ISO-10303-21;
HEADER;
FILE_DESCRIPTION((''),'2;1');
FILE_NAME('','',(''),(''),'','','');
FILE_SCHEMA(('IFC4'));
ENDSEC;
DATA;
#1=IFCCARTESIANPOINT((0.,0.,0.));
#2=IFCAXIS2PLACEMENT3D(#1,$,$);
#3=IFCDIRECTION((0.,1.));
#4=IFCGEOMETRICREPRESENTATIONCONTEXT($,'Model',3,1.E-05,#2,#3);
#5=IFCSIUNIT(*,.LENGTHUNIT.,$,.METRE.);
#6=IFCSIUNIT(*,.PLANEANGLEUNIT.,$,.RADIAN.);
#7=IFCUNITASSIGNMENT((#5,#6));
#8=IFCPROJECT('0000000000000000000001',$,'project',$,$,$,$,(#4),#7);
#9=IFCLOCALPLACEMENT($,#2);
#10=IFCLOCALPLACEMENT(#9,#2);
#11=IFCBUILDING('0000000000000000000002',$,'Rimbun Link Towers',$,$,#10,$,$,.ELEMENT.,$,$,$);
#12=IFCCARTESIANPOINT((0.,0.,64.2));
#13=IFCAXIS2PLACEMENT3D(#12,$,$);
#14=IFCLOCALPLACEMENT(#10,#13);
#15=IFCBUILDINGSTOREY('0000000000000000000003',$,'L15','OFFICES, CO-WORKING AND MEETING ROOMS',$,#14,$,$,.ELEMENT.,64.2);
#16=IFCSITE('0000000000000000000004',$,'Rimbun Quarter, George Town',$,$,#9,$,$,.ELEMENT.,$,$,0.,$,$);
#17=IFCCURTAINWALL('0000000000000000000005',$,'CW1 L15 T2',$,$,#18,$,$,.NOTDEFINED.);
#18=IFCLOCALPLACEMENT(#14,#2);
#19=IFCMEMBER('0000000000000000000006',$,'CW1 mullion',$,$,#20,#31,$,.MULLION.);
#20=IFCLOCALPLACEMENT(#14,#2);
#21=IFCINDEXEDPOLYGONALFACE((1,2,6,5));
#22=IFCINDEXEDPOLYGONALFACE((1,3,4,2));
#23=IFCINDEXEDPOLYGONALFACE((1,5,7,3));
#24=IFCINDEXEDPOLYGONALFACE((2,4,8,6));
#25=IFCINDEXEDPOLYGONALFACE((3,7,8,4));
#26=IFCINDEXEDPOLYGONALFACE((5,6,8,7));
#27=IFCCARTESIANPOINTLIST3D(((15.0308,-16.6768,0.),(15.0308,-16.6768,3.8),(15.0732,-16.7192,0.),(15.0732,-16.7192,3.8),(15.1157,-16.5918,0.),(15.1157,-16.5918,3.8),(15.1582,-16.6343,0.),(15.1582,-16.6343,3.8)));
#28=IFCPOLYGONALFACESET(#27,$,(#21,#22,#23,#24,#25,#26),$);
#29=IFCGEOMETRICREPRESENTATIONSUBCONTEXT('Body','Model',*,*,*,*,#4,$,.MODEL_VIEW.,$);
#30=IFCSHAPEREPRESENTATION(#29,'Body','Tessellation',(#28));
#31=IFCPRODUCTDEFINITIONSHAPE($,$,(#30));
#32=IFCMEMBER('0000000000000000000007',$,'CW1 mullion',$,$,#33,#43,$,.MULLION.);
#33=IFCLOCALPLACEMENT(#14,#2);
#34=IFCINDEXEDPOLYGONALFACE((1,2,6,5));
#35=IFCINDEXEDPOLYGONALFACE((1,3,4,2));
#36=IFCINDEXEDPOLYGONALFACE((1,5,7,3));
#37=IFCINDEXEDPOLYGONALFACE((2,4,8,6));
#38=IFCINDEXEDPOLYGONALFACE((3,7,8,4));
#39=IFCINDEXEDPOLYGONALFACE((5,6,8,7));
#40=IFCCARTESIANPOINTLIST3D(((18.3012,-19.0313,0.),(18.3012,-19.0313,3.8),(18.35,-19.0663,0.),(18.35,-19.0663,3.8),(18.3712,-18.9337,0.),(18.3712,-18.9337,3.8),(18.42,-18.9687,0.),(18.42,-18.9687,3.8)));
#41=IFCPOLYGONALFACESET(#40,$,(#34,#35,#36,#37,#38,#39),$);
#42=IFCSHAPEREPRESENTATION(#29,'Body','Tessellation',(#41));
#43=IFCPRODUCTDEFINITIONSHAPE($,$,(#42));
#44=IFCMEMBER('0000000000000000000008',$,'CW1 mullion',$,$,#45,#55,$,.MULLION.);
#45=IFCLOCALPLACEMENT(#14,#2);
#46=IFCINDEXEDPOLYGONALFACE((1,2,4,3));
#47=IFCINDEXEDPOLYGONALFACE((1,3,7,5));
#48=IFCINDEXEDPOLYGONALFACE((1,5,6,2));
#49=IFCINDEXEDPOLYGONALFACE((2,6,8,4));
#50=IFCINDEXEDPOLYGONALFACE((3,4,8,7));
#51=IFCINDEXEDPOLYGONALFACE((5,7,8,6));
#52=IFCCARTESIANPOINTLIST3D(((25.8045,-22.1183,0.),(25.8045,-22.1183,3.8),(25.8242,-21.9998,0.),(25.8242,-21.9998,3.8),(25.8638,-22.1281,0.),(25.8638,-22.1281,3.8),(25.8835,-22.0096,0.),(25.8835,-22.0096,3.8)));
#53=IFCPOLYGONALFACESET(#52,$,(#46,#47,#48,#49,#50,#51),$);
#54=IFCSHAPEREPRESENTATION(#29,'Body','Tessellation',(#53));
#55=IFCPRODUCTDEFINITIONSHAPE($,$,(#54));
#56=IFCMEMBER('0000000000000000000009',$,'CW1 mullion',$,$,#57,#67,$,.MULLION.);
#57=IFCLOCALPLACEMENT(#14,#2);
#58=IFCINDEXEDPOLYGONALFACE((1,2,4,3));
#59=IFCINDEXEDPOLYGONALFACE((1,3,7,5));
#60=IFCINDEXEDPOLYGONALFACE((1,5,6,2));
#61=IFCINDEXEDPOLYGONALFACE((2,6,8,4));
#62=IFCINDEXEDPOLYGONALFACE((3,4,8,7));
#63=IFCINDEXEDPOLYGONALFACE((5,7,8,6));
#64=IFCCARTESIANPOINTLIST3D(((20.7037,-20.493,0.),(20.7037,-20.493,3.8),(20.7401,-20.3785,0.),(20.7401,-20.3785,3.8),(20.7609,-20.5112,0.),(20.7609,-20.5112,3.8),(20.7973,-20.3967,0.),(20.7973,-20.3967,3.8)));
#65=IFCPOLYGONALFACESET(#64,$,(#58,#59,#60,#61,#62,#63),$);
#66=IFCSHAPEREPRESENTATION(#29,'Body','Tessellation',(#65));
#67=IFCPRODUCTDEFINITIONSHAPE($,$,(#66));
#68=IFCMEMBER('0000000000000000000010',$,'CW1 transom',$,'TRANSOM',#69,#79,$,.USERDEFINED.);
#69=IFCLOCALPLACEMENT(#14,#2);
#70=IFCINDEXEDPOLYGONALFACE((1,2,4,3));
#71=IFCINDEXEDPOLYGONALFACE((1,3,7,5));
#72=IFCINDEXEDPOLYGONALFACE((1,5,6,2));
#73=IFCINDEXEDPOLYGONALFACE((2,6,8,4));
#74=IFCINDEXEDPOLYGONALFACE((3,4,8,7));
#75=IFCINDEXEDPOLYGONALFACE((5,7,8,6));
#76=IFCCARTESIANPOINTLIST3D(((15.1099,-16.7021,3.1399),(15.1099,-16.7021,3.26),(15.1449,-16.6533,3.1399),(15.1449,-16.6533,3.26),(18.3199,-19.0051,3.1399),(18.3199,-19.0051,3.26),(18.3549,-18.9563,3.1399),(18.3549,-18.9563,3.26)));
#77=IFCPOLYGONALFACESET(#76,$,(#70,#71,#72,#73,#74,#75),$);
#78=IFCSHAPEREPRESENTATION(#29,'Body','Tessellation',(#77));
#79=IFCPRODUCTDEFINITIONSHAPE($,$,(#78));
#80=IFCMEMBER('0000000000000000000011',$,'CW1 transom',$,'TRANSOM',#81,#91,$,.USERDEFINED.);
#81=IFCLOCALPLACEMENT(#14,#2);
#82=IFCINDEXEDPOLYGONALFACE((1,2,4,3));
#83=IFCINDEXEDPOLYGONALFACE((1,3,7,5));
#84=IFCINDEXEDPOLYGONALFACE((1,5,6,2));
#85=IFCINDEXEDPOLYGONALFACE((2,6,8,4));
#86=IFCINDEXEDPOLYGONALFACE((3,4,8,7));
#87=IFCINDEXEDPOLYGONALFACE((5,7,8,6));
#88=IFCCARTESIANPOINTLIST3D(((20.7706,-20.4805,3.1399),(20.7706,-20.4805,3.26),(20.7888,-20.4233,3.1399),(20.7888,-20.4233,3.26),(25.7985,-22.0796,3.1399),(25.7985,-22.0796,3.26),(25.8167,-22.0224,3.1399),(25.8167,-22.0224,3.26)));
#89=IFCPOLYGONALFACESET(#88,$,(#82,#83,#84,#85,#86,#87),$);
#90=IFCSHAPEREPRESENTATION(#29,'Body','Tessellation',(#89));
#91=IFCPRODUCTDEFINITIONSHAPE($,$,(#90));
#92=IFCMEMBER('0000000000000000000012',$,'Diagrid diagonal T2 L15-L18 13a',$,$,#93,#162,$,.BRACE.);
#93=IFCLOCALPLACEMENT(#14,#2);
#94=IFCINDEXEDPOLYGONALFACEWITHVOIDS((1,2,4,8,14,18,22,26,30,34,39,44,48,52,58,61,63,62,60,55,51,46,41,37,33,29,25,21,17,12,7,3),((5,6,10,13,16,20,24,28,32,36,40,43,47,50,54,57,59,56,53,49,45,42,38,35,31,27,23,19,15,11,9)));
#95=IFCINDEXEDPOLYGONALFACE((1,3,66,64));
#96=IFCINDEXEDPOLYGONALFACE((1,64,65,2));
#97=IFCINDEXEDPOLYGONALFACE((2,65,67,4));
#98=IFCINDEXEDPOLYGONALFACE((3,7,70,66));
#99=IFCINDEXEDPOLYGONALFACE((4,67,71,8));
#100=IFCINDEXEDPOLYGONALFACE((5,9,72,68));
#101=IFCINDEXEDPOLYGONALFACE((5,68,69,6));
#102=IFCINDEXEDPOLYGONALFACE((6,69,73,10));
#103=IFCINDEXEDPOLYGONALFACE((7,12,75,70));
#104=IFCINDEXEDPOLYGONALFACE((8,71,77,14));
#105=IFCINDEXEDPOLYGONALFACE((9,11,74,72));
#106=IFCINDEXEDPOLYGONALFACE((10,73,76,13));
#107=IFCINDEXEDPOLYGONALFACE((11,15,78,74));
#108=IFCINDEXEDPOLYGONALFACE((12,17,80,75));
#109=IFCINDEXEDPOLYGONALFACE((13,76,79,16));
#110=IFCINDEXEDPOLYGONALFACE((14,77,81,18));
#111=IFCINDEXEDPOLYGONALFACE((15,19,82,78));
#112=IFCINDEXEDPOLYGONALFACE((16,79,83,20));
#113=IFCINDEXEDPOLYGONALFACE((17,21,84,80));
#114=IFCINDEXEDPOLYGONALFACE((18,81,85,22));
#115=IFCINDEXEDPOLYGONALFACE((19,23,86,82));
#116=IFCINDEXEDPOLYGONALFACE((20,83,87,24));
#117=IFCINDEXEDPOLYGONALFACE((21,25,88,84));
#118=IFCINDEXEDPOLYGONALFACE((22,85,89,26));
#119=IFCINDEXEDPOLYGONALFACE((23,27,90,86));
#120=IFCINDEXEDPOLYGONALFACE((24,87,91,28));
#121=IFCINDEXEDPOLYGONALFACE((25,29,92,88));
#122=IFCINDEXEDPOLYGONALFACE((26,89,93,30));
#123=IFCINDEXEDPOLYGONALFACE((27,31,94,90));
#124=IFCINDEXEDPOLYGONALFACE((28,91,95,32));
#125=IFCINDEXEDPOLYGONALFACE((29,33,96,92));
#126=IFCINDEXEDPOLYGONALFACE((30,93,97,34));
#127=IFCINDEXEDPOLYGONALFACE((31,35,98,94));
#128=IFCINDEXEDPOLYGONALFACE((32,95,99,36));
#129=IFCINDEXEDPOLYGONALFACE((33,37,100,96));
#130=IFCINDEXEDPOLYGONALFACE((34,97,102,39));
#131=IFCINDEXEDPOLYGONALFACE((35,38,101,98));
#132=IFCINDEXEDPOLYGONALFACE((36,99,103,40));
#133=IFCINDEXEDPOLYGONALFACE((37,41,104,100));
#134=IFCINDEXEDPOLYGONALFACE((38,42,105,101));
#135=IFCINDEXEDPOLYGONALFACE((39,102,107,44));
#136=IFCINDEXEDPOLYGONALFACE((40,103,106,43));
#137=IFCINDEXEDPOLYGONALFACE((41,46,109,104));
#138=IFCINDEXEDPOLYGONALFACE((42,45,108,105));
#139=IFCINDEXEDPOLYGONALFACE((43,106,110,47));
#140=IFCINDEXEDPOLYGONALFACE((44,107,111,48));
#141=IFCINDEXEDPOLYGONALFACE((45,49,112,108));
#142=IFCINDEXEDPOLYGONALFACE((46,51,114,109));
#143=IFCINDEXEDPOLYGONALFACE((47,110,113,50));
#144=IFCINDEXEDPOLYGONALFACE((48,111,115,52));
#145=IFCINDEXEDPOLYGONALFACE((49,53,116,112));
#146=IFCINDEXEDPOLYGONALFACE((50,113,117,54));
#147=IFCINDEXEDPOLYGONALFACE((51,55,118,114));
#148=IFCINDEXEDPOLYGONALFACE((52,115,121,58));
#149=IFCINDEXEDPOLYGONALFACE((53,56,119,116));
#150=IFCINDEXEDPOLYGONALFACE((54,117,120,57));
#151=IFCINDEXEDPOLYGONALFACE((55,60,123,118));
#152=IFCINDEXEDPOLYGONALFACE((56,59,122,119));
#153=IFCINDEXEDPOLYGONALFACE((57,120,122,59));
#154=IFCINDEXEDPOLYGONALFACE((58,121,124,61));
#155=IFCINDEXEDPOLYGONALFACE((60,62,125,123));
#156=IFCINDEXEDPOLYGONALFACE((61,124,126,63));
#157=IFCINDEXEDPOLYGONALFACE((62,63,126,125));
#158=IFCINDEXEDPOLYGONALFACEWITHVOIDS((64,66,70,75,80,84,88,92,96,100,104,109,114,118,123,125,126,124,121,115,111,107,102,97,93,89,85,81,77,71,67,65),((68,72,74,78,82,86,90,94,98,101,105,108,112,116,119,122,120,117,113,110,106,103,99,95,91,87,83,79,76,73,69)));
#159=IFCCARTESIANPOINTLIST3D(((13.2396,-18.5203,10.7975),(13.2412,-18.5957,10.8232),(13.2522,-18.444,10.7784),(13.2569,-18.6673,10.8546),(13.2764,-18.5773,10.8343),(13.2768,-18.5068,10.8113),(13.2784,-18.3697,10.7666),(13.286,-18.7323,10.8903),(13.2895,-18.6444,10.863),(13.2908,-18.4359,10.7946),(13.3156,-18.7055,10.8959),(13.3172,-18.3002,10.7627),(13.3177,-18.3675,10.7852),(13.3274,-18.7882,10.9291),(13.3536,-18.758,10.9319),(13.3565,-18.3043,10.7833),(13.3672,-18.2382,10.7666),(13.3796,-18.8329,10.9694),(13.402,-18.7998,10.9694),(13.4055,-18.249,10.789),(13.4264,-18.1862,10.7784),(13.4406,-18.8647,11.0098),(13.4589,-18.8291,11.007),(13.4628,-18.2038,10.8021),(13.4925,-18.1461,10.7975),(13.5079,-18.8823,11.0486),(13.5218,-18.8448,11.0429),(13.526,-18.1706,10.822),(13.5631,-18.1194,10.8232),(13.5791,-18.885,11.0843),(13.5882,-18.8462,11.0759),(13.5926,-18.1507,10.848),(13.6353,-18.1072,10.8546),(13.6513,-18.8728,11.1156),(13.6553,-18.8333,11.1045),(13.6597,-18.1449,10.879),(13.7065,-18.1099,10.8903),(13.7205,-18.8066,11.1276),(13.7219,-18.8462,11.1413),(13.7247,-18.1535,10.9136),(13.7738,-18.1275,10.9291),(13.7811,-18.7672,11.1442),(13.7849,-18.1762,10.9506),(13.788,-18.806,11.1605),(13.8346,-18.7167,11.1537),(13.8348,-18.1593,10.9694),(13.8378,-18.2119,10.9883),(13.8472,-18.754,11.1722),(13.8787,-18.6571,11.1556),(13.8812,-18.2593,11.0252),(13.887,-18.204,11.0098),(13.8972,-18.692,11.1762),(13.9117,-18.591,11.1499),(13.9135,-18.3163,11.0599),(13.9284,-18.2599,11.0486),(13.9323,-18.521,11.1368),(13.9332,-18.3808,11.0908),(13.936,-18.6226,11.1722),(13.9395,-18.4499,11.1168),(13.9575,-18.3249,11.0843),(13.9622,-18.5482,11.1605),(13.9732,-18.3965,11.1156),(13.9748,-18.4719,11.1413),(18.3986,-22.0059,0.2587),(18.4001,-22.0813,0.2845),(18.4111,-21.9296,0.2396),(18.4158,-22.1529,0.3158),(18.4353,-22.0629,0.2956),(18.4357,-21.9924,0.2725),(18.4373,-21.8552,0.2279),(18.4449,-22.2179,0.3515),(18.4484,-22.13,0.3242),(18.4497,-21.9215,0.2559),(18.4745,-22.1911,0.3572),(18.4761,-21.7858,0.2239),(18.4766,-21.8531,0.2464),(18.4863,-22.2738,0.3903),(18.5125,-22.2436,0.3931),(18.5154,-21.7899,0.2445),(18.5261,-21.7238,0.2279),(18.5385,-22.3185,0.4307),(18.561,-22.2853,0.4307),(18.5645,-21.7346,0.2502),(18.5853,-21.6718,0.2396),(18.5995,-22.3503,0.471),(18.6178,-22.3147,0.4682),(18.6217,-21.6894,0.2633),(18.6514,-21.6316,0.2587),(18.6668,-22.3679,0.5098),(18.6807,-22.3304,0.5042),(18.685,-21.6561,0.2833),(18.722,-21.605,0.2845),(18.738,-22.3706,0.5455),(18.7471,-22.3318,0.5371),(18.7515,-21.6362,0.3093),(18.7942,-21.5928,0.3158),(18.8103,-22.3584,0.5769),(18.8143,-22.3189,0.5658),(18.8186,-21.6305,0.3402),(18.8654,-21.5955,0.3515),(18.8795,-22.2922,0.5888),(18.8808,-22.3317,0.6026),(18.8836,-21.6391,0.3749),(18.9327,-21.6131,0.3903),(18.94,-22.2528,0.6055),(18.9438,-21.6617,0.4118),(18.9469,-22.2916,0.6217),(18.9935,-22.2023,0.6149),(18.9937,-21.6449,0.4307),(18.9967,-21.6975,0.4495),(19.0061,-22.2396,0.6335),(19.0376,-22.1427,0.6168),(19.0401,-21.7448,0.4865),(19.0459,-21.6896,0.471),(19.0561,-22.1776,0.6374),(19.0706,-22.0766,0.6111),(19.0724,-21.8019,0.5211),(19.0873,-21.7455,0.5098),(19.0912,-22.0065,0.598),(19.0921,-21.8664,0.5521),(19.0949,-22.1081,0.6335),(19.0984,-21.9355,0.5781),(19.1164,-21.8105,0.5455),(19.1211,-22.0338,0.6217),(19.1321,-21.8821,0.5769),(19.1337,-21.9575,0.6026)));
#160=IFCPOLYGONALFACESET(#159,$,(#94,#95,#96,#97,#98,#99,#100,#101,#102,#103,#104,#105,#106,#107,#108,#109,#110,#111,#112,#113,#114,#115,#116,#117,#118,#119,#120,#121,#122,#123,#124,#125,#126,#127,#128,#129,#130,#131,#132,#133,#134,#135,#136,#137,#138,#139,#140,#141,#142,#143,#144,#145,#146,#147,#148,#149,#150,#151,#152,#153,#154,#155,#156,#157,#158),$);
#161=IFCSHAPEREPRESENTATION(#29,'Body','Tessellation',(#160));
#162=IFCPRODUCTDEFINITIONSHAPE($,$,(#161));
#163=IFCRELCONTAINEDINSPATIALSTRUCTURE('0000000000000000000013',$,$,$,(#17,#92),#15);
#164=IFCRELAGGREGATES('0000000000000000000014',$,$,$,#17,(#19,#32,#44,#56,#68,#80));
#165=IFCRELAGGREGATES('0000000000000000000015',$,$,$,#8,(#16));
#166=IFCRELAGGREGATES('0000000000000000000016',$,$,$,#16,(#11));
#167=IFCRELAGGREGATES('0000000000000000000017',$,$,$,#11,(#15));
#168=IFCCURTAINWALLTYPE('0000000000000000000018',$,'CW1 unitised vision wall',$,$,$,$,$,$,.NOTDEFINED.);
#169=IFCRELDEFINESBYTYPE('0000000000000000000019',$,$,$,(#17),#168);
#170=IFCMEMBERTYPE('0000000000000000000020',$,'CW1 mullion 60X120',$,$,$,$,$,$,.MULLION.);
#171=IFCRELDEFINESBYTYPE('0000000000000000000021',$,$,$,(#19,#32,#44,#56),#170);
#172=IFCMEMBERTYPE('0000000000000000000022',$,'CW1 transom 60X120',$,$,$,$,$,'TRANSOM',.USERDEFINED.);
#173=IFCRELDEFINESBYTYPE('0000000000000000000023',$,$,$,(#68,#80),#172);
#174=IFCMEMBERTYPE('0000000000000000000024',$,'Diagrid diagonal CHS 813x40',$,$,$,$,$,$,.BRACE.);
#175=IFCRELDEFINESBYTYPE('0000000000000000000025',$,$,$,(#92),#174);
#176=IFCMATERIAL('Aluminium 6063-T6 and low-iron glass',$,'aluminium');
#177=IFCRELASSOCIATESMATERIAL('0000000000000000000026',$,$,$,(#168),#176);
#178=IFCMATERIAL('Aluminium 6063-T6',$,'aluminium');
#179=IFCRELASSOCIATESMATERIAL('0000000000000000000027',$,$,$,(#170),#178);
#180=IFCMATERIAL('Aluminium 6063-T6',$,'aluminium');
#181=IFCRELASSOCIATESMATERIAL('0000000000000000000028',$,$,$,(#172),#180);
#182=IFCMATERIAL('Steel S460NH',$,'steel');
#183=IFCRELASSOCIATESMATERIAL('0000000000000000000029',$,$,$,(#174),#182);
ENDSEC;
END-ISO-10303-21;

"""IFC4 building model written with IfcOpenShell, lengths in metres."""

from ifc_helpers import new_model, si_unit, direction, frame, origin, origin_2d, place, context, subcontext, project, spatial, rectangle, hollow_circle, extrude, material, material_profile, profile_set, type_object, element, aggregate, save


model = new_model("IFC4")

# Units and contexts
model_context = context("Model", 3, precision=1e-05, world=origin(), true_north=direction((0.0, 1.0)))
body_context = subcontext(model_context, "Body", "Model", "MODEL_VIEW")
ifc_project = project(units=[si_unit("LENGTHUNIT", "METRE"), si_unit("PLANEANGLEUNIT", "RADIAN")], contexts=[model_context])

# Site, building, storey
site_placement = place(None, origin())
site = spatial("IfcSite", under=ifc_project, at=site_placement, Name="Rimbun Quarter, George Town", CompositionType="ELEMENT", RefElevation=0.0)
building_placement = place(site_placement, origin())
building = spatial("IfcBuilding", under=site, at=building_placement, Name="Rimbun Link Towers", CompositionType="ELEMENT")
storey_placement = place(building_placement, frame((0.0, 0.0, 64.2)))
storey = spatial("IfcBuildingStorey", under=building, at=storey_placement, Name="L15", Description="OFFICES, CO-WORKING AND MEETING ROOMS", CompositionType="ELEMENT", Elevation=64.2)

# Curtain wall, members
ifc_material_1 = material(Name="Aluminium 6063-T6 and low-iron glass", Category="aluminium")
curtain_wall_type = type_object("IfcCurtainWallType", Name="CW1 unitised vision wall", PredefinedType="NOTDEFINED", material=ifc_material_1)
curtain_wall_placement = place(storey_placement, origin())
curtain_wall = element("IfcCurtainWall", 1, at=curtain_wall_placement, inside=storey, type_object=curtain_wall_type, Name="CW1 L15 T2", PredefinedType="NOTDEFINED")
ifc_material_2 = material(Name="Aluminium 6063-T6", Category="aluminium")
ifc_material_profile_1 = material_profile(ifc_material_2, rectangle(XDim=0.1201, YDim=0.0601, at=origin_2d()), Name="MULLION 60X120")
ifc_profile_set_1 = profile_set([ifc_material_profile_1], Name="Aluminium 6063-T6")
member_type_1 = type_object("IfcMemberType", Name="CW1 mullion 60X120", PredefinedType="MULLION", material=ifc_profile_set_1)
member_1_placement = place(storey_placement, frame((15.0945, -16.6555, 0.0), z_axis=(0.0, 0.0, 1.0), x_axis=(-0.707107, -0.707107, 0.0)))
member_1 = element("IfcMember", 2, at=member_1_placement, type_object=member_type_1, Name="CW1 mullion", PredefinedType="MULLION", context=body_context, shape_type="SweptSolid", body=[
    extrude(rectangle(XDim=0.1201, YDim=0.0601, at=origin_2d()), origin(), (0.0, 0.0, 1.0), 3.8),
])
member_2_placement = place(storey_placement, frame((18.3606, -19.0, 0.0), z_axis=(0.0, 0.0, 1.0), x_axis=(-0.583002, -0.812471, 0.0)))
member_2 = element("IfcMember", 3, at=member_2_placement, type_object=member_type_1, Name="CW1 mullion", PredefinedType="MULLION", context=body_context, shape_type="SweptSolid", body=[
    extrude(rectangle(XDim=0.1201, YDim=0.0601, at=origin_2d()), origin(), (0.0, 0.0, 1.0), 3.8),
])
member_3_placement = place(storey_placement, frame((25.844, -22.064, 0.0), z_axis=(0.0, 0.0, 1.0), x_axis=(-0.163744, -0.986503, 0.0)))
member_3 = element("IfcMember", 4, at=member_3_placement, type_object=member_type_1, Name="CW1 mullion", PredefinedType="MULLION", context=body_context, shape_type="SweptSolid", body=[
    extrude(rectangle(XDim=0.1201, YDim=0.0601, at=origin_2d()), origin(), (0.0, 0.0, 1.0), 3.8),
])
member_4_placement = place(storey_placement, frame((20.7505, -20.4448, 0.0), z_axis=(0.0, 0.0, 1.0), x_axis=(-0.303066, -0.95297, 0.0)))
member_4 = element("IfcMember", 5, at=member_4_placement, type_object=member_type_1, Name="CW1 mullion", PredefinedType="MULLION", context=body_context, shape_type="SweptSolid", body=[
    extrude(rectangle(XDim=0.1201, YDim=0.0601, at=origin_2d()), origin(), (0.0, 0.0, 1.0), 3.8),
])
ifc_material_3 = material(Name="Aluminium 6063-T6", Category="aluminium")
ifc_material_profile_2 = material_profile(ifc_material_3, rectangle(XDim=0.0601, YDim=0.1201, at=origin_2d()), Name="TRANSOM 60X120")
ifc_profile_set_2 = profile_set([ifc_material_profile_2], Name="Aluminium 6063-T6")
member_type_2 = type_object("IfcMemberType", Name="CW1 transom 60X120", ElementType="TRANSOM", PredefinedType="USERDEFINED", material=ifc_profile_set_2)
member_5_placement = place(storey_placement, frame((18.3374, -18.9807, 3.2), z_axis=(-0.812517, 0.582938, 0.0), x_axis=(-0.582938, -0.812517, 0.0)))
member_5 = element("IfcMember", 6, at=member_5_placement, type_object=member_type_2, Name="CW1 transom", ObjectType="TRANSOM", PredefinedType="USERDEFINED", context=body_context, shape_type="SweptSolid", body=[
    extrude(rectangle(XDim=0.0601, YDim=0.1201, at=origin_2d()), origin(), (0.0, 0.0, 1.0), 3.9507),
])
member_6_placement = place(storey_placement, frame((25.8076, -22.051, 3.2), z_axis=(-0.952961, 0.303093, 0.0), x_axis=(-0.303093, -0.952961, 0.0)))
member_6 = element("IfcMember", 7, at=member_6_placement, type_object=member_type_2, Name="CW1 transom", ObjectType="TRANSOM", PredefinedType="USERDEFINED", context=body_context, shape_type="SweptSolid", body=[
    extrude(rectangle(XDim=0.0601, YDim=0.1201, at=origin_2d()), origin(), (0.0, 0.0, 1.0), 5.2761),
])

# Member
ifc_material_4 = material(Name="Steel S460NH", Category="steel")
ifc_material_profile_3 = material_profile(ifc_material_4, hollow_circle(Radius=0.4065, WallThickness=0.04, at=origin_2d()), Name="Diagrid diagonal CHS 813x40")
ifc_profile_set_3 = profile_set([ifc_material_profile_3], Name="Steel S460NH")
member_type_3 = type_object("IfcMemberType", Name="Diagrid diagonal CHS 813x40", PredefinedType="BRACE", material=ifc_profile_set_3)
member_7_placement = place(storey_placement, frame((18.7661, -21.9817, 0.4307), z_axis=(-0.421463, 0.284758, 0.860977), x_axis=(-0.559838, -0.828602, 0.0)))
element("IfcMember", 8, at=member_7_placement, inside=storey, type_object=member_type_3, Name="Diagrid diagonal T2 L15-L18 13a", PredefinedType="BRACE", context=body_context, shape_type="SweptSolid", body=[
    extrude(hollow_circle(Radius=0.4065, WallThickness=0.04, at=origin_2d()), origin(), (0.0, 0.0, 1.0), 12.2405),
])

aggregate(curtain_wall, [member_1, member_2, member_3, member_4, member_5, member_6])

save(model, "model.ifc")
